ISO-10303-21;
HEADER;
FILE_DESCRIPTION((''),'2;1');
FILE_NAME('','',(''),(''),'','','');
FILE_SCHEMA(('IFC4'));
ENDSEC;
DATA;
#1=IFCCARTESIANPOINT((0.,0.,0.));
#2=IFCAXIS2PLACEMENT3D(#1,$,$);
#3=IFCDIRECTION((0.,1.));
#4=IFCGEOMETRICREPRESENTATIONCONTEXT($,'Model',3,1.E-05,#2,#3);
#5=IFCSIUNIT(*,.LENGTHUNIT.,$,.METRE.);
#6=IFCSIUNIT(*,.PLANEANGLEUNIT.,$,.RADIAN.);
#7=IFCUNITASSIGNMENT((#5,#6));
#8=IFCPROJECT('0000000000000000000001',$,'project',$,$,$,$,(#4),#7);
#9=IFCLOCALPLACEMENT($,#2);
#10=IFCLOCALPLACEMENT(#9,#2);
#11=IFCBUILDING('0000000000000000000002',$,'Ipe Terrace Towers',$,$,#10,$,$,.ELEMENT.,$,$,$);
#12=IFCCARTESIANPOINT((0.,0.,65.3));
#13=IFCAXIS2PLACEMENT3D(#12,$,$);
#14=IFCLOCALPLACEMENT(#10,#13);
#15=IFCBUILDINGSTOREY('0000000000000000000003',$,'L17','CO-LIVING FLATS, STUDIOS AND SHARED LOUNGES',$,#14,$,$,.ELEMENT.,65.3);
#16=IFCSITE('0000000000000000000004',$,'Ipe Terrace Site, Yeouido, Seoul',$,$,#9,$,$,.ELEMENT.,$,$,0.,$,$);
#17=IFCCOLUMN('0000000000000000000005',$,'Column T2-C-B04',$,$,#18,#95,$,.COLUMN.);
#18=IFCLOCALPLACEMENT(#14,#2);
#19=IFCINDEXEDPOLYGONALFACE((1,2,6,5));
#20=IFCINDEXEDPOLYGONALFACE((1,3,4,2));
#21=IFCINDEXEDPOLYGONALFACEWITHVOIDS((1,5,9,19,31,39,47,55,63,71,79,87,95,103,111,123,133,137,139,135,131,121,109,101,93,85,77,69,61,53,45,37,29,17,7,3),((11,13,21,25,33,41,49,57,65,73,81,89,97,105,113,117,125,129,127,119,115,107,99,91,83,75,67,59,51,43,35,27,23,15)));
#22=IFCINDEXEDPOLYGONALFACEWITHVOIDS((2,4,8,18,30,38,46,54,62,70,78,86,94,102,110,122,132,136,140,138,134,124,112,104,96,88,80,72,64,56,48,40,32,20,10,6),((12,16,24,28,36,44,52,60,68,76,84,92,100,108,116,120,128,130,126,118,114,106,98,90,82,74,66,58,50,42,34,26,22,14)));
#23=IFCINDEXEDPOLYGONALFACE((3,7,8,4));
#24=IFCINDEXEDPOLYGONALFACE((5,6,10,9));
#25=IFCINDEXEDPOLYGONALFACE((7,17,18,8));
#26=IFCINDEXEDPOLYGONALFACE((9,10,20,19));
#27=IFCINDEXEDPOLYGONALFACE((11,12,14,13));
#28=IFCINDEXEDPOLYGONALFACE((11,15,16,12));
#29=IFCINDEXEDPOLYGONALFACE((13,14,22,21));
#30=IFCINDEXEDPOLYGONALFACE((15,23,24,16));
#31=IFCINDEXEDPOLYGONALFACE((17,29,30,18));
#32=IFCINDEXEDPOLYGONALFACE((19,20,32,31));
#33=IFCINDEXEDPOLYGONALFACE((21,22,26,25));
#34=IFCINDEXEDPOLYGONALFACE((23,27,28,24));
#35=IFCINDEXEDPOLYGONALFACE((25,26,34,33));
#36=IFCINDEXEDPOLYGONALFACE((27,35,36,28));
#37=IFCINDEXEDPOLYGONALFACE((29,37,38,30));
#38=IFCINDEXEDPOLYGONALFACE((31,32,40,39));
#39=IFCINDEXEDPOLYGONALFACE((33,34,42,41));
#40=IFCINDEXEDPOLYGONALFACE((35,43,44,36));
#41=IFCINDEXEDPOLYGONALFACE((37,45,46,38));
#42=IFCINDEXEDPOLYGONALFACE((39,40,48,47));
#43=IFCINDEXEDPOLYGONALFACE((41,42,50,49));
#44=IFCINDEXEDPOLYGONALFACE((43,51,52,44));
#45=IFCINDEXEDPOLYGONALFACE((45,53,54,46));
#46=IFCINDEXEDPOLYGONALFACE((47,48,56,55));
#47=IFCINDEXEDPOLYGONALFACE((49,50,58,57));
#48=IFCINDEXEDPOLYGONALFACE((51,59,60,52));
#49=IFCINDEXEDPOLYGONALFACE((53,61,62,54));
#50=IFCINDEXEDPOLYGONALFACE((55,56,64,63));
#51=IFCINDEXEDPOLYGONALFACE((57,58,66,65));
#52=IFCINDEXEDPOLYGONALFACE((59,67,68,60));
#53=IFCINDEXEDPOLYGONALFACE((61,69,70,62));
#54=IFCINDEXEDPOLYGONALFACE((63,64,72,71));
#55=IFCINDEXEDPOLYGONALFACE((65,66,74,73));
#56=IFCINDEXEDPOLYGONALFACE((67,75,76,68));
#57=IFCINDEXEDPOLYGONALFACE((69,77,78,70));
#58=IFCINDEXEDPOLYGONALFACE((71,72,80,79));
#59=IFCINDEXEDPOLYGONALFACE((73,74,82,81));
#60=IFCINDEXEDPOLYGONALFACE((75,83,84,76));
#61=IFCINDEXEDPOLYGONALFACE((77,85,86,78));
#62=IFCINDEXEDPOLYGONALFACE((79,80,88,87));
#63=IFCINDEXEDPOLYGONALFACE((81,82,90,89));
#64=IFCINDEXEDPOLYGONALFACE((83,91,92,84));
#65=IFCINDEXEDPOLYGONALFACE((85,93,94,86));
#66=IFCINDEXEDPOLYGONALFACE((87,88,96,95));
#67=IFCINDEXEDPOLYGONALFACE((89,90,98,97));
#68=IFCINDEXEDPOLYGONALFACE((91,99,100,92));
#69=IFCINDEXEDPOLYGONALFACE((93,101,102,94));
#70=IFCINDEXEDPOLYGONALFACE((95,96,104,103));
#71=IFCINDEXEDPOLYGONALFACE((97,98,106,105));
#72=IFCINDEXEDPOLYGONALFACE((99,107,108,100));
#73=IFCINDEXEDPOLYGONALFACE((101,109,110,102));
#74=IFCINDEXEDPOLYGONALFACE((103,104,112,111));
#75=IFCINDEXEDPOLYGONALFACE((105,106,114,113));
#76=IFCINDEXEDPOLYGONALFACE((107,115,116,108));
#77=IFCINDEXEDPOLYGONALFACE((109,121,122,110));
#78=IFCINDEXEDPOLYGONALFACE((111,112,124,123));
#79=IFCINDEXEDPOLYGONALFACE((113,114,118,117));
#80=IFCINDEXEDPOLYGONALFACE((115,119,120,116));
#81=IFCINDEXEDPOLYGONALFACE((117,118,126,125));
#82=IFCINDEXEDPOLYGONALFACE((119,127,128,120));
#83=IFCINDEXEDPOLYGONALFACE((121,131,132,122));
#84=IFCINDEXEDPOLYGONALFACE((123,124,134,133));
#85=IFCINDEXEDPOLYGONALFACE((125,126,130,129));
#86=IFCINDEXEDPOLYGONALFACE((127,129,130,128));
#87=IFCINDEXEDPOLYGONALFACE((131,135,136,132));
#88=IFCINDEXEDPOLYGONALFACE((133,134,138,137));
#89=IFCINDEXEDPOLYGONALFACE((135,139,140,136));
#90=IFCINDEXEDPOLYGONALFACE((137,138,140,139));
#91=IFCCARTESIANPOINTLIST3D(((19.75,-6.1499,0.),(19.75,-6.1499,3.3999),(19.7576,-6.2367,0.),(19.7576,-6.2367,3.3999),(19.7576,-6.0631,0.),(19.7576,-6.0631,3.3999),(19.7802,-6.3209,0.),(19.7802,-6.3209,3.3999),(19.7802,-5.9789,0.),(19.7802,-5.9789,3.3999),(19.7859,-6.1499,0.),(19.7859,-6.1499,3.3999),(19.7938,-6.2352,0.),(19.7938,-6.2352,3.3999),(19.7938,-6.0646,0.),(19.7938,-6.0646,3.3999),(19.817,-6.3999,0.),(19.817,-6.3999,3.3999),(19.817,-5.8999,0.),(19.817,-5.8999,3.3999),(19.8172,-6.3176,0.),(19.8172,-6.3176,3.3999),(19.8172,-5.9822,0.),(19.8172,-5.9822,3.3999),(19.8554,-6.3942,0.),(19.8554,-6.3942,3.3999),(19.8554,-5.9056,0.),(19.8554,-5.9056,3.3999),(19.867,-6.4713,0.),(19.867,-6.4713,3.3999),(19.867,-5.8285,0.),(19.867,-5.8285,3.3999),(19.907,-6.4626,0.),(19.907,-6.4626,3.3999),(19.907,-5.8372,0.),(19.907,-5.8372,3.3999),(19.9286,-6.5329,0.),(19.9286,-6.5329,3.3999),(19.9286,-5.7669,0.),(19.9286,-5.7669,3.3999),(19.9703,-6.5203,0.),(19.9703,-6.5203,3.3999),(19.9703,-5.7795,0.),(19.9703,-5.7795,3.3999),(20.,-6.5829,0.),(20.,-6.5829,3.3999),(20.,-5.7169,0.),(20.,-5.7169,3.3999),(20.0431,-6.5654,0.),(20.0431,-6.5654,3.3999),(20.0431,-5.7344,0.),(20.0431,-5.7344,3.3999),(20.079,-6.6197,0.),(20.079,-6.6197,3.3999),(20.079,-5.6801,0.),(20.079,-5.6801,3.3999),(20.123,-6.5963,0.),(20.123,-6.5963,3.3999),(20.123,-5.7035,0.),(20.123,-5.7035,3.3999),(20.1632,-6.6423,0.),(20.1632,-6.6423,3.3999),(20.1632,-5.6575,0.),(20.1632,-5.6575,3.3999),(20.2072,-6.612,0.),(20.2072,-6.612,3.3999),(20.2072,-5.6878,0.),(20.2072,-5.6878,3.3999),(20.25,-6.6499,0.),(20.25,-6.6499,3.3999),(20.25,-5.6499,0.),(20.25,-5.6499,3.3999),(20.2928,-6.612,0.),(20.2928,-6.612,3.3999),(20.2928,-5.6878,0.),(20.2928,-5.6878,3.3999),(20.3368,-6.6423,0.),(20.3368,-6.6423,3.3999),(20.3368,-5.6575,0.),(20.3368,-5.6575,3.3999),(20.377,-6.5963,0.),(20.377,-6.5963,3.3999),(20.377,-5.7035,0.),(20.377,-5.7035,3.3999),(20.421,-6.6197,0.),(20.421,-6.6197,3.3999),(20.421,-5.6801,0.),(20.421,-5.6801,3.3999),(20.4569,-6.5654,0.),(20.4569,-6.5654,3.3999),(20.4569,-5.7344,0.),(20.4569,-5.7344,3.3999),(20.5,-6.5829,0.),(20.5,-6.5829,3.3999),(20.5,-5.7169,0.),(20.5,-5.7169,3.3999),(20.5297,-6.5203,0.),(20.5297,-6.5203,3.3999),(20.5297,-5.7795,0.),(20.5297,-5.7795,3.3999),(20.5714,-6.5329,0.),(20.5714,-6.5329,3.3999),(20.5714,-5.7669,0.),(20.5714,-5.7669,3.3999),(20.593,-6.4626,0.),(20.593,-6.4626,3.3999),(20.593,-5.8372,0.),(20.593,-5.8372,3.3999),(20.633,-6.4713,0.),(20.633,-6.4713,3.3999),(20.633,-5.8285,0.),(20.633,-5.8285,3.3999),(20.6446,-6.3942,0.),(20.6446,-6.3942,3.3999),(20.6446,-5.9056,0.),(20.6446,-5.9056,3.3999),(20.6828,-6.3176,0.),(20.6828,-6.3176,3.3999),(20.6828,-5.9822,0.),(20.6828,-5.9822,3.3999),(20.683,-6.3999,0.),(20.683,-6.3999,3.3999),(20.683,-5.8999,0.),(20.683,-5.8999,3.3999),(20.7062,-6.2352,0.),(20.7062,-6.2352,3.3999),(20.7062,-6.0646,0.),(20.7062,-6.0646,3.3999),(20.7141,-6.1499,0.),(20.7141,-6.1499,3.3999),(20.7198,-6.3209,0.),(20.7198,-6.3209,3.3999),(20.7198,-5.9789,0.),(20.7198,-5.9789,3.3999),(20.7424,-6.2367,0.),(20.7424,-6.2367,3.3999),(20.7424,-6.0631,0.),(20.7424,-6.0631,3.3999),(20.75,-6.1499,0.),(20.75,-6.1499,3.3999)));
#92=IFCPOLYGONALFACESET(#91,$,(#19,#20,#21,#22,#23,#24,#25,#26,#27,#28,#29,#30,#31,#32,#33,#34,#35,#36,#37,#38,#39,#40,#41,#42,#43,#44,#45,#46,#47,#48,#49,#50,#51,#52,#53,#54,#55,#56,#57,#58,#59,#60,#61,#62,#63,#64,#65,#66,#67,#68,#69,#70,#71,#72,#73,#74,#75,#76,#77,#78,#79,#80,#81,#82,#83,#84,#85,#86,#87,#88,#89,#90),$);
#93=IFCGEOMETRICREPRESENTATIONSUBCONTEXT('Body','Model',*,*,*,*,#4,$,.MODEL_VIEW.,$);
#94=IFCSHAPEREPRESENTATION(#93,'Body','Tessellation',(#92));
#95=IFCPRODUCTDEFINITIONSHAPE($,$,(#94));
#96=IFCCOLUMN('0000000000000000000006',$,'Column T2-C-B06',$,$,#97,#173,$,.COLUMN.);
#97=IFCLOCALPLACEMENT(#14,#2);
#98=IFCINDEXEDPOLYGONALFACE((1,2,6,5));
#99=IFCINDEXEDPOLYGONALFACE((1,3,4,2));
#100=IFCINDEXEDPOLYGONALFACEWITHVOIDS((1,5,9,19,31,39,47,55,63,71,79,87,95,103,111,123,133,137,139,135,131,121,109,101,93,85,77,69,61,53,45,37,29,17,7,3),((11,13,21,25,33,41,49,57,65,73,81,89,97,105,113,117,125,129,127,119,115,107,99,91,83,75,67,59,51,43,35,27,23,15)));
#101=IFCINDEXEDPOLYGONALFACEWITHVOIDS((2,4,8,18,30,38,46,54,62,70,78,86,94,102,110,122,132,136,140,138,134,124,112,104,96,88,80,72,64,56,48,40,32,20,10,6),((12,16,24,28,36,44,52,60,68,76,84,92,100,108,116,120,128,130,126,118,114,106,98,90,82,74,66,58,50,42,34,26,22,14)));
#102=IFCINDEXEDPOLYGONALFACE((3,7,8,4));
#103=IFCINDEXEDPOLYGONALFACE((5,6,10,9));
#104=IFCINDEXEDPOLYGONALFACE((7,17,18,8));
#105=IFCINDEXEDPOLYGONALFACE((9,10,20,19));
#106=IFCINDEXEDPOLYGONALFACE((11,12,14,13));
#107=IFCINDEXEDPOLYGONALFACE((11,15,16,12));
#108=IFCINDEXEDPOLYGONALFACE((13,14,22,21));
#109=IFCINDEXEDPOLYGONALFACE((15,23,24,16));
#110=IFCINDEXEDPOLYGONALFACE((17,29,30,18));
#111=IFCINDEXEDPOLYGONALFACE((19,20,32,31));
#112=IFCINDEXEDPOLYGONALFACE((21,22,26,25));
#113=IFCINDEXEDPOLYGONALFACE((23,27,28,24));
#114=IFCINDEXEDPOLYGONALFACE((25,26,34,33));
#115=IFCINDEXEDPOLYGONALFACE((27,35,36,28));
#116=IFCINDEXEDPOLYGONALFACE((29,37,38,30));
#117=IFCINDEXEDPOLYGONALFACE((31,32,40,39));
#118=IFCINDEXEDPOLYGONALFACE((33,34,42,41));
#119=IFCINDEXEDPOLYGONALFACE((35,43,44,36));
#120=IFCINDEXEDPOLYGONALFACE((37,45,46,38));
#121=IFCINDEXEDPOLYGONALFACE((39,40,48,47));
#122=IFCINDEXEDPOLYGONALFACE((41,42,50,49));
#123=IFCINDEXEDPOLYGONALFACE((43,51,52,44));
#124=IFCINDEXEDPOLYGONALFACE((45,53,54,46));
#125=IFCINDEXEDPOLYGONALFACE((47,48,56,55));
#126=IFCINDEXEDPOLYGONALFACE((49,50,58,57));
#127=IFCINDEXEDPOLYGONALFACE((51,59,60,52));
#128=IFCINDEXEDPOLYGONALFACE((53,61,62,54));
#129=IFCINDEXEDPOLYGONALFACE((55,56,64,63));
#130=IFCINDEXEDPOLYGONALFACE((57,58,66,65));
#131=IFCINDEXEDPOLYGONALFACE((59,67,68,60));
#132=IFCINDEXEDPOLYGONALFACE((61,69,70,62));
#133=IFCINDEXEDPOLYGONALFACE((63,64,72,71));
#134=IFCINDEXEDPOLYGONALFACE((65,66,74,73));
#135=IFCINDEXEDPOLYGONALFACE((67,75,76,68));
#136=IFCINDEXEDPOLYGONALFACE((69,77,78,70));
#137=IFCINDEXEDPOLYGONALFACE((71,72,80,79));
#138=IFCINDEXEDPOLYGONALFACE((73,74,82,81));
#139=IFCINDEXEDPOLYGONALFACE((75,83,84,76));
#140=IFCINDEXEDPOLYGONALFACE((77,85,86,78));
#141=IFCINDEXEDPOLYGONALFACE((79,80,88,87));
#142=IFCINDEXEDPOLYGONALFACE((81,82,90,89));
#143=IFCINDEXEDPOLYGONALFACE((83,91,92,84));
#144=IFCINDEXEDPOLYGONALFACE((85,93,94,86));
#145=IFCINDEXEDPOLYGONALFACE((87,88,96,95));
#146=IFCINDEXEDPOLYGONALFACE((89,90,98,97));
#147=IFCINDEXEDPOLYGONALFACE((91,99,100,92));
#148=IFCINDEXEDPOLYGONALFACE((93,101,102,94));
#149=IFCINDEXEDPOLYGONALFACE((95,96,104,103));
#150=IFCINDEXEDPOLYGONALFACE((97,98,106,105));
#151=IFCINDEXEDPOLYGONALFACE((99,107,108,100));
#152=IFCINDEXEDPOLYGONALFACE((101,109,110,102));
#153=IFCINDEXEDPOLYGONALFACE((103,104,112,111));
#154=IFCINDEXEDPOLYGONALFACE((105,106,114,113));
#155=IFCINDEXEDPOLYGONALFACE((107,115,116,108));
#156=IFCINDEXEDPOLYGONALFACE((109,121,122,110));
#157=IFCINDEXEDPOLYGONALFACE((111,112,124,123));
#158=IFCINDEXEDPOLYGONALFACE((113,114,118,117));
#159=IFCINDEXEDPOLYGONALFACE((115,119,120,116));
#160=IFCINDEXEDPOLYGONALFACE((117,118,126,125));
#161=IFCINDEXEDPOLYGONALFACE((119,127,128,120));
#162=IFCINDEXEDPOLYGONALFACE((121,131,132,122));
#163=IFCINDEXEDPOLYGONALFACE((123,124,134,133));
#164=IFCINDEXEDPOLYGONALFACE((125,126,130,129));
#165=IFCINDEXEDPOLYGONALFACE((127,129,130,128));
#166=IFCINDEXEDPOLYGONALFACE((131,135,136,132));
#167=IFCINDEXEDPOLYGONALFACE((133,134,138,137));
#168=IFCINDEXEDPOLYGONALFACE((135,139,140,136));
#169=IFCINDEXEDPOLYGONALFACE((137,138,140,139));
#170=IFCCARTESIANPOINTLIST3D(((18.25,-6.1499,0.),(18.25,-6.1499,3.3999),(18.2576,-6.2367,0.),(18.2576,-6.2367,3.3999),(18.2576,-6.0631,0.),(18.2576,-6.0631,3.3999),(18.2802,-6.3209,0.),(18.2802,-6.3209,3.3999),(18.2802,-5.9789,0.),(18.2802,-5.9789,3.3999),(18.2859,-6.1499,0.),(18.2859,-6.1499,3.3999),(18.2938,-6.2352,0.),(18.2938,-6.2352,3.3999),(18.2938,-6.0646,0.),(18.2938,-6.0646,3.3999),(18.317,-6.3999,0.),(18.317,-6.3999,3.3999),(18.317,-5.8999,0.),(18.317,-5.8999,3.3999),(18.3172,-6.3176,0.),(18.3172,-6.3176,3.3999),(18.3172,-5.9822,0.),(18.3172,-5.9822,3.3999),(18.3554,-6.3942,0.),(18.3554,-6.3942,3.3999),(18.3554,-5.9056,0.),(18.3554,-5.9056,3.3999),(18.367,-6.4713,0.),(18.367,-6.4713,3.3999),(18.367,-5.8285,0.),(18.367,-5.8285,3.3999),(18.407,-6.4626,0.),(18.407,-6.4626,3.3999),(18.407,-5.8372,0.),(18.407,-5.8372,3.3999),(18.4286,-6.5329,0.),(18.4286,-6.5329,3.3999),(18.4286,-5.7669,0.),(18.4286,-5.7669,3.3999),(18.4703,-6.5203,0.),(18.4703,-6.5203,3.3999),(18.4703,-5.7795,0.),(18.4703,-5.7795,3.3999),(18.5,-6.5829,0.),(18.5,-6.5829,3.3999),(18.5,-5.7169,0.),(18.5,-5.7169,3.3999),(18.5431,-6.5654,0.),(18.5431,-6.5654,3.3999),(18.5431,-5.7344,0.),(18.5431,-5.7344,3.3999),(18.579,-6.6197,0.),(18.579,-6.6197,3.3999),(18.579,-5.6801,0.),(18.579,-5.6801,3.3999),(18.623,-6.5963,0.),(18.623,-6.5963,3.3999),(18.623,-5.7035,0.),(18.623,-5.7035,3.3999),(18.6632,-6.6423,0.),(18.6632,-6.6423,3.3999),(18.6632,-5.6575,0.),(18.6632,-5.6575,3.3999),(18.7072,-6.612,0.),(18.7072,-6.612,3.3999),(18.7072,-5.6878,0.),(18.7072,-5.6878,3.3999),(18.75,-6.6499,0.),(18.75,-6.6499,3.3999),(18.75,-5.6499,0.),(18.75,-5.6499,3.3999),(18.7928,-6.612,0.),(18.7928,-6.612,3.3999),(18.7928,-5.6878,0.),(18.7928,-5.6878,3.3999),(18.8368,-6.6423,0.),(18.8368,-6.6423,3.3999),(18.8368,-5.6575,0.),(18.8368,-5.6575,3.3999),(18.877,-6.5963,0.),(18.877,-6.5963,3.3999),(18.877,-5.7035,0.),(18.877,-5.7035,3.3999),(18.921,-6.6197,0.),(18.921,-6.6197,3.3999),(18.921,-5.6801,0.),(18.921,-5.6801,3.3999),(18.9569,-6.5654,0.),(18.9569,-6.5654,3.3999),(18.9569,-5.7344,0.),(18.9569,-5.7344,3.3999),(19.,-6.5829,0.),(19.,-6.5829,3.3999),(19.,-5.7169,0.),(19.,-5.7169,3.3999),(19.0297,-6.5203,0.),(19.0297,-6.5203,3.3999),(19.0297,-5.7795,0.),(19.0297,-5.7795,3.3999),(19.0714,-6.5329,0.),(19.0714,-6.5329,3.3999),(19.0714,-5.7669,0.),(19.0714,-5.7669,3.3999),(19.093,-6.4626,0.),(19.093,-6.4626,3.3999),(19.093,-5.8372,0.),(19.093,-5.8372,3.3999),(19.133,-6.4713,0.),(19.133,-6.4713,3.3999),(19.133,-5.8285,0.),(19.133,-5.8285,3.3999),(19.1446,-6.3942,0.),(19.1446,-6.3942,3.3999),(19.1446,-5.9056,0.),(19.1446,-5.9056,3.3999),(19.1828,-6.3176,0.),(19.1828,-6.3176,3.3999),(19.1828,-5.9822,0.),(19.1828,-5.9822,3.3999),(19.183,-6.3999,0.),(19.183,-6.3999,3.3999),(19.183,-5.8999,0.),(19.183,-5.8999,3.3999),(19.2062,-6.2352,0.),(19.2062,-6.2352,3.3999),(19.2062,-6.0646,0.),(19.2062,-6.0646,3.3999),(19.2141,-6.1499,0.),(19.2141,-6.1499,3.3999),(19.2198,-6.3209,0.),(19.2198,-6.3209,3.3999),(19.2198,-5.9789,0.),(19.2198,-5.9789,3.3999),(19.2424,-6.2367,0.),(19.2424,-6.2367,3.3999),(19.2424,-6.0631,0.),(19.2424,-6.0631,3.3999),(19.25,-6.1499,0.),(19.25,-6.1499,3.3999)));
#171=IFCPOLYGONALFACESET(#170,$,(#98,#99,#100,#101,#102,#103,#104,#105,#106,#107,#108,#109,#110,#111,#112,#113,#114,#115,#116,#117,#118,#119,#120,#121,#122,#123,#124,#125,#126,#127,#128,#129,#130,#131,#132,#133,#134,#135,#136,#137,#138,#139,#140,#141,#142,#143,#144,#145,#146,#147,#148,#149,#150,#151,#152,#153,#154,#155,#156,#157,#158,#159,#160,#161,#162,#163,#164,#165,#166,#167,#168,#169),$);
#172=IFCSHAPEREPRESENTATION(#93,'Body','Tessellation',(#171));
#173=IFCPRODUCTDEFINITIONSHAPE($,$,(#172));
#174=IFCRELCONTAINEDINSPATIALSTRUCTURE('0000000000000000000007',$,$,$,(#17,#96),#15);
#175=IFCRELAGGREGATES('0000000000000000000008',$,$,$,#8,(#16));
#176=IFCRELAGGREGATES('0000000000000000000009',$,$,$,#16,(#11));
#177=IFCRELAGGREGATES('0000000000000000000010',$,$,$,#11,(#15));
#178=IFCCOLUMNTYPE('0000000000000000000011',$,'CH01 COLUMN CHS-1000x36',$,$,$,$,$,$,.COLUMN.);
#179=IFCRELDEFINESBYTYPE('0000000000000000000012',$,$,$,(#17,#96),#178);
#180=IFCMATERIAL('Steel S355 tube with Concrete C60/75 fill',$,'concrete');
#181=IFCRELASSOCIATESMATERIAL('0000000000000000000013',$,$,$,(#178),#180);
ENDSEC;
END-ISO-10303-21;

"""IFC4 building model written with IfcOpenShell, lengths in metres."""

from ifc_helpers import new_model, si_unit, direction, frame, origin, origin_2d, place, context, subcontext, project, spatial, hollow_circle, extrude, material, material_profile, profile_set, type_object, element, save


model = new_model("IFC4")

# Units and contexts
model_context = context("Model", 3, precision=1e-05, world=origin(), true_north=direction((0.0, 1.0)))
body_context = subcontext(model_context, "Body", "Model", "MODEL_VIEW")
ifc_project = project(units=[si_unit("LENGTHUNIT", "METRE"), si_unit("PLANEANGLEUNIT", "RADIAN")], contexts=[model_context])

# Site, building, storey
site_placement = place(None, origin())
site = spatial("IfcSite", under=ifc_project, at=site_placement, Name="Ipe Terrace Site, Yeouido, Seoul", CompositionType="ELEMENT", RefElevation=0.0)
building_placement = place(site_placement, origin())
building = spatial("IfcBuilding", under=site, at=building_placement, Name="Ipe Terrace Towers", CompositionType="ELEMENT")
storey_placement = place(building_placement, frame((0.0, 0.0, 65.3)))
storey = spatial("IfcBuildingStorey", under=building, at=storey_placement, Name="L17", Description="CO-LIVING FLATS, STUDIOS AND SHARED LOUNGES", CompositionType="ELEMENT", Elevation=65.3)

# Columns
ifc_material_1 = material(Name="Steel S355 tube with Concrete C60/75 fill", Category="concrete")
ifc_material_profile_1 = material_profile(ifc_material_1, hollow_circle(Radius=0.5, WallThickness=0.0359, at=origin_2d()), Name="CHS-1000x36")
ifc_profile_set_1 = profile_set([ifc_material_profile_1], Name="Steel S355 tube with Concrete C60/75 fill")
column_type = type_object("IfcColumnType", Name="CH01 COLUMN CHS-1000x36", PredefinedType="COLUMN", material=ifc_profile_set_1)
for number, where, z_axis, x_axis, name in (
    (1, (20.25, -6.1499, 0.0), (0.0, 0.0, 1.0), (1.0, 0.0, 0.0), "Column T2-C-B04"),
    (2, (18.75, -6.1499, 0.0), (0.0, 0.0, 1.0), (1.0, 0.0, 0.0), "Column T2-C-B06"),
):
    element("IfcColumn", number, at=place(storey_placement, frame(where, z_axis=z_axis, x_axis=x_axis)), inside=storey, type_object=column_type, Name=name, PredefinedType="COLUMN", context=body_context, shape_type="SweptSolid", body=[
        extrude(hollow_circle(Radius=0.5, WallThickness=0.0359, at=origin_2d()), origin(), (0.0, 0.0, 1.0), 3.3999),
    ])

save(model, "model.ifc")
